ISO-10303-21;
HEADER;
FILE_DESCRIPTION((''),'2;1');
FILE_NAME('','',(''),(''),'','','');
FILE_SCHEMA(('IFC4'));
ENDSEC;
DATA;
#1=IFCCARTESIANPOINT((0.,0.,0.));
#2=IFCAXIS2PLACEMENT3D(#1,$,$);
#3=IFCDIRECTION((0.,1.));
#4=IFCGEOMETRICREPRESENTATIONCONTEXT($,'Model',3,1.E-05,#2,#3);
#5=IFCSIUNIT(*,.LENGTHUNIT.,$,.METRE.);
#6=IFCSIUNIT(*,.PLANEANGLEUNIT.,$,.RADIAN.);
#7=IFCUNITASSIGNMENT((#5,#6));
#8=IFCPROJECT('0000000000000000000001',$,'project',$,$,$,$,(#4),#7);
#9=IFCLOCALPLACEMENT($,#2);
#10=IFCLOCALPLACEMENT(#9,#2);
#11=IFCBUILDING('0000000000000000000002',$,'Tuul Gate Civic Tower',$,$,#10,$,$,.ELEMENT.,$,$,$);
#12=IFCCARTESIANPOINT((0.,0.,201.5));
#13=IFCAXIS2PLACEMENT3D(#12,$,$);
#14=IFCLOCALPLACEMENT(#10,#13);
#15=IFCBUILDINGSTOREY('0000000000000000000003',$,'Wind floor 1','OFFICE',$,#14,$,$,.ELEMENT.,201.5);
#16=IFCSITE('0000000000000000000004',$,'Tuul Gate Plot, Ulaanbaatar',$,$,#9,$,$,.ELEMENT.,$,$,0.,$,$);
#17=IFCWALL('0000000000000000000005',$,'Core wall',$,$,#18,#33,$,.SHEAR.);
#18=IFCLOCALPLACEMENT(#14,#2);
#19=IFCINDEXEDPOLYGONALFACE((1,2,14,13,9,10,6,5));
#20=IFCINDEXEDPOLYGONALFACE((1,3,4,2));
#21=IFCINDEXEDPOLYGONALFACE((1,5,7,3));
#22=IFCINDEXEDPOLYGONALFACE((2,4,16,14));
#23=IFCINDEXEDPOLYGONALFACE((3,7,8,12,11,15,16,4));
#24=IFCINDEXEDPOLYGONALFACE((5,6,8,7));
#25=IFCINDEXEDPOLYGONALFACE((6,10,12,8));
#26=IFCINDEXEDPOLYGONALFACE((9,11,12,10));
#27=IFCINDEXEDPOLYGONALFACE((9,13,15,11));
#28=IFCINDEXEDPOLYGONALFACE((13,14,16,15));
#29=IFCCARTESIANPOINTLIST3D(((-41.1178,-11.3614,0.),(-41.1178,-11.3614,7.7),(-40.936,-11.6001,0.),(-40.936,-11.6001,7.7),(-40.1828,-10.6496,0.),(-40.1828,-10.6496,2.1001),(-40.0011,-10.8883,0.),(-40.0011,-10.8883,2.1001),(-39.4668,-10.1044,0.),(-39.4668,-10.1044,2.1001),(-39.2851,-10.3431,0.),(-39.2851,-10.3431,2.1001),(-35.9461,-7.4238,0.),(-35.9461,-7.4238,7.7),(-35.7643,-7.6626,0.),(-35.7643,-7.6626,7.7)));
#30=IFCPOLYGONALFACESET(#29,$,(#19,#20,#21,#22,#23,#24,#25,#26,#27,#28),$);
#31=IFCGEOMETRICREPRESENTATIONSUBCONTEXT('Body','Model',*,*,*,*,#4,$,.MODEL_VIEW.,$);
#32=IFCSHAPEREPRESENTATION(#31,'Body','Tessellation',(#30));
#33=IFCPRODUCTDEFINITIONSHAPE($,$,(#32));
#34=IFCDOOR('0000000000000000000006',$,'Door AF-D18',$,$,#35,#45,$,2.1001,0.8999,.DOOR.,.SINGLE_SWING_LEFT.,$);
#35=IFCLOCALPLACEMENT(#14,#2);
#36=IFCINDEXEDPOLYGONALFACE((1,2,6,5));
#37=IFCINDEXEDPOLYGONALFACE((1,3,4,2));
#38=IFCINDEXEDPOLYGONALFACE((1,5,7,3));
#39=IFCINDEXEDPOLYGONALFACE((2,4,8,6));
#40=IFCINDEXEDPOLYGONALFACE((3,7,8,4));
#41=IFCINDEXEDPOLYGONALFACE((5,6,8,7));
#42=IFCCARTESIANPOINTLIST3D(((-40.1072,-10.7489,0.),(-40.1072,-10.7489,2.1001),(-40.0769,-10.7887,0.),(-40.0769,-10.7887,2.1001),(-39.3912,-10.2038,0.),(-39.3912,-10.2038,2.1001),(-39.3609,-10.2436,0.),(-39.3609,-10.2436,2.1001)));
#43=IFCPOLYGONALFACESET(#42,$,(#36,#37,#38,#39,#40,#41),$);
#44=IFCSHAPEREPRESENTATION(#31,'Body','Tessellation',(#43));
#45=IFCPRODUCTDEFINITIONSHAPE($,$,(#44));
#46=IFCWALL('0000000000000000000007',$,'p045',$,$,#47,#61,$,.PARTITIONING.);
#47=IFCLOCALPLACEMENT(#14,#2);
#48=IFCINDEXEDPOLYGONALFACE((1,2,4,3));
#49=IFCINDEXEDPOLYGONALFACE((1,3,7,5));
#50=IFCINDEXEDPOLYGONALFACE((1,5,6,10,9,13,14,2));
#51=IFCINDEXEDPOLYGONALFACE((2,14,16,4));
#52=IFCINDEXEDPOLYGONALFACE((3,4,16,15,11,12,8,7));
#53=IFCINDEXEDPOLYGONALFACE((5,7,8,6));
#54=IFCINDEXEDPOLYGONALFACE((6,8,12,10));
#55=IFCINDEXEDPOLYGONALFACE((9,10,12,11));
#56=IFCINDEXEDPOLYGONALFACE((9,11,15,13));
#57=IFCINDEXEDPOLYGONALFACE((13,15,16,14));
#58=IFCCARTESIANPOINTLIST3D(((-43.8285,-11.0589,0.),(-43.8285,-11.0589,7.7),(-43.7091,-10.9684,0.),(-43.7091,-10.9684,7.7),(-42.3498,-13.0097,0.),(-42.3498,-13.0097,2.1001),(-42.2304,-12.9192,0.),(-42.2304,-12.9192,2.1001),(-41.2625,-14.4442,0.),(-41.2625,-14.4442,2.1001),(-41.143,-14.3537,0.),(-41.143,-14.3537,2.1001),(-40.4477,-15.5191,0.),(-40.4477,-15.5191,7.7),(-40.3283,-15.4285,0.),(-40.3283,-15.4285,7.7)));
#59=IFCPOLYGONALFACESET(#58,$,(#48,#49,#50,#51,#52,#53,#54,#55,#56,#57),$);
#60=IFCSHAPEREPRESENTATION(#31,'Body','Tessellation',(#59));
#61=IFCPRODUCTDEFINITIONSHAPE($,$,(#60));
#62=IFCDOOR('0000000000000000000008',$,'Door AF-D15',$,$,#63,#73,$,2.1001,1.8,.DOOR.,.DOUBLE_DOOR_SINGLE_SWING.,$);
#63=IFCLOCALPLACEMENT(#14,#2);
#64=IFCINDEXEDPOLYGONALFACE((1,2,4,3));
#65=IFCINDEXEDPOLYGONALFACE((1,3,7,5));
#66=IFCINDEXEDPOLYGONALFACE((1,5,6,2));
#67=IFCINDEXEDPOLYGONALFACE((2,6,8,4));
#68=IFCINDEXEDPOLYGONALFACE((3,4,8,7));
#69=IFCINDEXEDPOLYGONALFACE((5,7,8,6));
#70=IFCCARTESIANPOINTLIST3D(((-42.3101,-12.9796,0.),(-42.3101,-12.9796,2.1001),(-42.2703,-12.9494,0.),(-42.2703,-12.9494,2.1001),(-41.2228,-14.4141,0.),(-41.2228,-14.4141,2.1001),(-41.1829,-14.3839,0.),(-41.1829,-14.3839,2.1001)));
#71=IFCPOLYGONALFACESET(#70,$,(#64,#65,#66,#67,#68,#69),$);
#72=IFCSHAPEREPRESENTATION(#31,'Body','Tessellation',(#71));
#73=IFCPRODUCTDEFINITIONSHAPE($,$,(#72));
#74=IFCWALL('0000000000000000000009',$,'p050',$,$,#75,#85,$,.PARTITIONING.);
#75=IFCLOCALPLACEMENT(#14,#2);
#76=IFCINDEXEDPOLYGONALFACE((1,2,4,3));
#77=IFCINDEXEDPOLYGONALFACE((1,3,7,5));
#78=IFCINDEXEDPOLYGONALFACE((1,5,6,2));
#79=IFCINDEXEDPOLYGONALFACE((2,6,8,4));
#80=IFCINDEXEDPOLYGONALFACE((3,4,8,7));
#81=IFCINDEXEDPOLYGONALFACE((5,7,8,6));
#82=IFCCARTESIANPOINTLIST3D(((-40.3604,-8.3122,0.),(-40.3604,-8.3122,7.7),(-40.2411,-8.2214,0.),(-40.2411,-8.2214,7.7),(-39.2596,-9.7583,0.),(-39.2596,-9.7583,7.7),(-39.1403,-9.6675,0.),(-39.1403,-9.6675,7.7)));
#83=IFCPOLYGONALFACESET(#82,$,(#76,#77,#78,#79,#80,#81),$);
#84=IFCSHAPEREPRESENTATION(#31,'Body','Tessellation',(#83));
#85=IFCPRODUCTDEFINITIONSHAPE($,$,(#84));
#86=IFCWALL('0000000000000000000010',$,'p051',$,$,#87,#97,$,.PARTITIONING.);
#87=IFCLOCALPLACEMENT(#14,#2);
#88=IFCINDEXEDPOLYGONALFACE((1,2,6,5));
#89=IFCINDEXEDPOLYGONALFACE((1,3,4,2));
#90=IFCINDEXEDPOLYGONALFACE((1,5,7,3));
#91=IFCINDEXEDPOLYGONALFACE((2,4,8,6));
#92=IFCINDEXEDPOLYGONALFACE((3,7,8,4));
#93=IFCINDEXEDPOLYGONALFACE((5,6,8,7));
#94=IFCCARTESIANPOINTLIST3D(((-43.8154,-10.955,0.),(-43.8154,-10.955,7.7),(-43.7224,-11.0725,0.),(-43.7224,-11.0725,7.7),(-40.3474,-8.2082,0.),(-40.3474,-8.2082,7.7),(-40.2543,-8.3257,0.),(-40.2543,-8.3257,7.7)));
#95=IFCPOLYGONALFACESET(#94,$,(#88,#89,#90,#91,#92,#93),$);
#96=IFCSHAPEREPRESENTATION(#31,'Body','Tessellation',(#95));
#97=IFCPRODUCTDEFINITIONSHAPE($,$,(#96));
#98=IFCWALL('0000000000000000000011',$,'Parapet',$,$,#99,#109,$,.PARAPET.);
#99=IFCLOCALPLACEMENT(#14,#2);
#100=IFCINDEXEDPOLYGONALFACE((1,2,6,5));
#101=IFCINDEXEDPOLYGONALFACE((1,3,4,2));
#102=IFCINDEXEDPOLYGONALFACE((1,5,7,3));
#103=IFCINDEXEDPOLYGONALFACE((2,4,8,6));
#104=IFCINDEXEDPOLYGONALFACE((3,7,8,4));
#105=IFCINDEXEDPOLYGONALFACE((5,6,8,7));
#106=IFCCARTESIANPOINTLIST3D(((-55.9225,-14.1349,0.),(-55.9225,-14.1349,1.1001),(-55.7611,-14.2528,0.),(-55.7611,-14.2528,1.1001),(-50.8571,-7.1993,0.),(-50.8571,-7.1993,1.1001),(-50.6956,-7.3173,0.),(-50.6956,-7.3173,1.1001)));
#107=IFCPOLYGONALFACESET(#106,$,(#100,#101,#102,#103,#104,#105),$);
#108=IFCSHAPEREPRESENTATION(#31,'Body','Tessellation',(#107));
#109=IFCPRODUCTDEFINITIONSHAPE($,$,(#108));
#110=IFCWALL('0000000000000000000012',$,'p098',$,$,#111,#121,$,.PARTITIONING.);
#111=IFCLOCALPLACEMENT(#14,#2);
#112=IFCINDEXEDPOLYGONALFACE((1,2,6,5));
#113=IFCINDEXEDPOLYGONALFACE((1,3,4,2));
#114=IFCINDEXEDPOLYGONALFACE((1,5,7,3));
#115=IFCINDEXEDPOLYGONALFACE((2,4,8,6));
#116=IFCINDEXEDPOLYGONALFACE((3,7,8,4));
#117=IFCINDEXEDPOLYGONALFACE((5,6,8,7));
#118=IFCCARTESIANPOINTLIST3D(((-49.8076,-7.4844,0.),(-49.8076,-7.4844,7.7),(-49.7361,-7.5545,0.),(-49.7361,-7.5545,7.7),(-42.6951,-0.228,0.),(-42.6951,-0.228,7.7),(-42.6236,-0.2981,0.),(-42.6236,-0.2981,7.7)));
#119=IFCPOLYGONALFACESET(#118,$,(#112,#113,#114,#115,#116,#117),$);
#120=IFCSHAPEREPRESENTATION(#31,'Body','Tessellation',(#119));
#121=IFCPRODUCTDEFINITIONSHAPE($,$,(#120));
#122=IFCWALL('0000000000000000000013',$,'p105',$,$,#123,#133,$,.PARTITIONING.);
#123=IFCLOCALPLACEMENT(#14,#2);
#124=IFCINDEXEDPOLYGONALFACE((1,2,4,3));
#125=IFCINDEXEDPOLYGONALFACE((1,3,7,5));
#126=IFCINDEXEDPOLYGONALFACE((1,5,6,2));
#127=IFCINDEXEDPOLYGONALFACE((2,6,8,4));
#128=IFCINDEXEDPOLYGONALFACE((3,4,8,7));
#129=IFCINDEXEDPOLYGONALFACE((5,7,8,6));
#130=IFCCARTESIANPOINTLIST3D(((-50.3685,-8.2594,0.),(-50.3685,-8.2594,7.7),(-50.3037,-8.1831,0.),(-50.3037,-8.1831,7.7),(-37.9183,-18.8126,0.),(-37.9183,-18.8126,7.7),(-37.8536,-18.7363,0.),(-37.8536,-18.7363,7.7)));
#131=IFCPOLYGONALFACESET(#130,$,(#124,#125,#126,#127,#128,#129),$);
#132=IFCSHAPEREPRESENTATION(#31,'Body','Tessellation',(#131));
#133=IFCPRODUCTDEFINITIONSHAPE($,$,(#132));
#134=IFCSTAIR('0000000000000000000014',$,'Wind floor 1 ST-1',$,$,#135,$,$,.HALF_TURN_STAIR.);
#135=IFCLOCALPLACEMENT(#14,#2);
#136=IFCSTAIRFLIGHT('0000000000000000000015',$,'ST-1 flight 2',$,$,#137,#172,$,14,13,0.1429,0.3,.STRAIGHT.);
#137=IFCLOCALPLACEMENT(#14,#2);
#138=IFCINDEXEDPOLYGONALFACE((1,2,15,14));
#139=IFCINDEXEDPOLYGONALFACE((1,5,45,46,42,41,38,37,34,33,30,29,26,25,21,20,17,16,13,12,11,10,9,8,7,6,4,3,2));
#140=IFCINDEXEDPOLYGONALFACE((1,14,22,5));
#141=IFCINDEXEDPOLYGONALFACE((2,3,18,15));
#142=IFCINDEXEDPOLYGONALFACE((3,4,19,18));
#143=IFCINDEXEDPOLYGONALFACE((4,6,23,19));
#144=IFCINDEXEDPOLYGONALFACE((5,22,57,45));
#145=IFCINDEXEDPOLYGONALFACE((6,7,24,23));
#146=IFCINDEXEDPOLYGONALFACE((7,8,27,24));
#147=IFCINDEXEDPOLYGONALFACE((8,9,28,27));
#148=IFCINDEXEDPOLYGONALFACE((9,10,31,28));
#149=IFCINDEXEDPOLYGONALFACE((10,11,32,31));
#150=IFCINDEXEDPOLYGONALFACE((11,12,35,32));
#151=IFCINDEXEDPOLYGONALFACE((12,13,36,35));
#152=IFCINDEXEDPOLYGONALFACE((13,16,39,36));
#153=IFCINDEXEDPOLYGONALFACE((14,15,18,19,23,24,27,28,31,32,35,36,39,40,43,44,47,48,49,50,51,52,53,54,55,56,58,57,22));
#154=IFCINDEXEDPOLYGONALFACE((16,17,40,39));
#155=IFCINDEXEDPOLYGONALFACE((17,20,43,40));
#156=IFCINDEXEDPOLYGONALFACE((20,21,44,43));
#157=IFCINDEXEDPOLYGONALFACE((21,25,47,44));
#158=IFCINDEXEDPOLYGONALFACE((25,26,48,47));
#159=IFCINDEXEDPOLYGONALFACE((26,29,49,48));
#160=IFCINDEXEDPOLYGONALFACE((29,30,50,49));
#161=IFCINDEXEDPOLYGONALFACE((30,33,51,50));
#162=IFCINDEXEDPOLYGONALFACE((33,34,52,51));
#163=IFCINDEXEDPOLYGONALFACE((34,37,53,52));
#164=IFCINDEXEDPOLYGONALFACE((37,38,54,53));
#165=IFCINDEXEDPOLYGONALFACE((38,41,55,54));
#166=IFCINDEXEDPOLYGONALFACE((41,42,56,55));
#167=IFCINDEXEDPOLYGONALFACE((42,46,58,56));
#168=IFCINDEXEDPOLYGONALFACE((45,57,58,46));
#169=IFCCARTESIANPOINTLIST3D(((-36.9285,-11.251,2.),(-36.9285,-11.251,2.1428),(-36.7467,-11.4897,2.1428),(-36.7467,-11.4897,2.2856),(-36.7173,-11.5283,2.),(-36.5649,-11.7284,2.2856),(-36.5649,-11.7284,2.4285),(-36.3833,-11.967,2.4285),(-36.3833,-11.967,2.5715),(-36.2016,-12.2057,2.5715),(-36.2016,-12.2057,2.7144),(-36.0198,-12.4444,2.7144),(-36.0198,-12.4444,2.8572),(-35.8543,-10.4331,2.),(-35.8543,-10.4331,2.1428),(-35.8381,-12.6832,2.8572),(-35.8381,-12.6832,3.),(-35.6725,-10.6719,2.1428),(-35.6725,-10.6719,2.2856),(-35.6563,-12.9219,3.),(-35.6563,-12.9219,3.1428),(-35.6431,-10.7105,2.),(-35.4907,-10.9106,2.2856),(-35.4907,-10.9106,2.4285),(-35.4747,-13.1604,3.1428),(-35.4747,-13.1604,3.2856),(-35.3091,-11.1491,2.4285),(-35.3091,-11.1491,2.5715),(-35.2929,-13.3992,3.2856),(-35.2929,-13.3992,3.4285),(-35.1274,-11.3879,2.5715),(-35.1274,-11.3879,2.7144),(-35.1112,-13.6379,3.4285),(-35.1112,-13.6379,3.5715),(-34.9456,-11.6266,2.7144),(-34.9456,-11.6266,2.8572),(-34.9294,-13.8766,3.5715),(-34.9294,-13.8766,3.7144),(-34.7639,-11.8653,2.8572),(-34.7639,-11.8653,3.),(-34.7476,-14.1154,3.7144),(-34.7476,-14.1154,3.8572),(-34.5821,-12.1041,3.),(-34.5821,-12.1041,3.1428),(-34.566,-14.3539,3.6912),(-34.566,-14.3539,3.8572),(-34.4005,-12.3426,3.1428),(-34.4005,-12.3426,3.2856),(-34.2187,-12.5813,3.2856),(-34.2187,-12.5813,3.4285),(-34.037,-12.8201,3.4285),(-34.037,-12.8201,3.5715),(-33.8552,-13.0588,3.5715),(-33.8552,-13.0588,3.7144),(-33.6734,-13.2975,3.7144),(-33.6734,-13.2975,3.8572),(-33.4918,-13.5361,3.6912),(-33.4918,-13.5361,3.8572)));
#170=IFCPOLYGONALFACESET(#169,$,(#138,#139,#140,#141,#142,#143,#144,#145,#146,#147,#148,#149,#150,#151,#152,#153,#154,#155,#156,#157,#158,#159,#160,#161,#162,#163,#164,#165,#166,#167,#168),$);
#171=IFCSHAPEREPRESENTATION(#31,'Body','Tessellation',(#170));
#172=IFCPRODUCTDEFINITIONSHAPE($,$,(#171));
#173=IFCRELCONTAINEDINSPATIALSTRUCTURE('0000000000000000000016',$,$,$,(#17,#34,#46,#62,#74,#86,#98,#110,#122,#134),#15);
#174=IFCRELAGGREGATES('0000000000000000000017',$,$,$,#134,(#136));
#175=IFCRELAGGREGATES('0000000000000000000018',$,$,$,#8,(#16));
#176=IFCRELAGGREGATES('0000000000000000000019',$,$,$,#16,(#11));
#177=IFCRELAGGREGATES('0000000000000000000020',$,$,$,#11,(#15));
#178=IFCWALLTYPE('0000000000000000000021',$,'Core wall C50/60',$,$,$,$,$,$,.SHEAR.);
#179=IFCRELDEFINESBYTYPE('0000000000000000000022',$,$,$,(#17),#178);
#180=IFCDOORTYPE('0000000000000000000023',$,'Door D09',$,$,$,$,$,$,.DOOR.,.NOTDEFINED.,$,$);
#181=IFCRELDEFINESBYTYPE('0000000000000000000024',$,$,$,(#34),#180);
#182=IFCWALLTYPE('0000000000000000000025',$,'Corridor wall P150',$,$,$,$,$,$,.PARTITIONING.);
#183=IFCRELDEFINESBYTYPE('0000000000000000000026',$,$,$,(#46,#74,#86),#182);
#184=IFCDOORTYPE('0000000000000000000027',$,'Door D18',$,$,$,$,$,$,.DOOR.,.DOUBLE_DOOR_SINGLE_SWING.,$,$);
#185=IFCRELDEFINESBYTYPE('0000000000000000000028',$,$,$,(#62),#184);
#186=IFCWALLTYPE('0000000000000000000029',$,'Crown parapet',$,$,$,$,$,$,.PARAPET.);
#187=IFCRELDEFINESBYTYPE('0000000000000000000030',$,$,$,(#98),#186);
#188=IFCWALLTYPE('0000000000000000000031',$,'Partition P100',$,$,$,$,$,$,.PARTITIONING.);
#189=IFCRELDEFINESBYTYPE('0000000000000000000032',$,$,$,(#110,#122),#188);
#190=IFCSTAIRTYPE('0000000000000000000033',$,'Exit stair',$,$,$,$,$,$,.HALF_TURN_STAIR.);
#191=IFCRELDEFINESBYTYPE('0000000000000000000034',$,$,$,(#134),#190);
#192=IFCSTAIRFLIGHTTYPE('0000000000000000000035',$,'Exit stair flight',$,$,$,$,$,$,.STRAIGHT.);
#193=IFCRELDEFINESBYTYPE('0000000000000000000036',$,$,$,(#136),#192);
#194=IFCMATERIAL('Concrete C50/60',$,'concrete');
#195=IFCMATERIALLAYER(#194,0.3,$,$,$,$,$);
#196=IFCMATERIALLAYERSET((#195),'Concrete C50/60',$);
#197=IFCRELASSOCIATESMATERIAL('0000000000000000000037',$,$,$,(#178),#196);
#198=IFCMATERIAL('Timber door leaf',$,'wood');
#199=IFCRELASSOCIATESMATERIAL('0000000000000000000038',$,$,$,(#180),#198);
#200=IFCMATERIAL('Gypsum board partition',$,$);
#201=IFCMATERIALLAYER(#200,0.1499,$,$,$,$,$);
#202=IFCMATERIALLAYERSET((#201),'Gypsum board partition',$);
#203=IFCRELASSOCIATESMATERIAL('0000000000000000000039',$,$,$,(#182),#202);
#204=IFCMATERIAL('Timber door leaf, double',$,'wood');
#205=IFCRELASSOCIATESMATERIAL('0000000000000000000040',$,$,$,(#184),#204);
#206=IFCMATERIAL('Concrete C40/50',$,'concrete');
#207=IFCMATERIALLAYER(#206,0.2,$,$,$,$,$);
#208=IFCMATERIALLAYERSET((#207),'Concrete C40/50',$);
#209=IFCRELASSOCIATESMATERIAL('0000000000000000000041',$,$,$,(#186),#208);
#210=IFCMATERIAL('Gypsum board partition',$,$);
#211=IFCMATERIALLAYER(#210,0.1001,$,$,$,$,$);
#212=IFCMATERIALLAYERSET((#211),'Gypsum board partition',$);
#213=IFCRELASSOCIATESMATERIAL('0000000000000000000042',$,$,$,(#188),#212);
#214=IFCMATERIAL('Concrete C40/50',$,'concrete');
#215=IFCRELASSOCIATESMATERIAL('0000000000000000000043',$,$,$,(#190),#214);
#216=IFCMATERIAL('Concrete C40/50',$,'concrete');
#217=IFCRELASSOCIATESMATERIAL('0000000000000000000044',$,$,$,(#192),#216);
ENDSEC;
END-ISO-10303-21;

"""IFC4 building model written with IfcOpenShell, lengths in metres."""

from ifc_helpers import new_model, si_unit, direction, frame, frame_2d, origin, place, context, subcontext, project, spatial, polyline, rectangle, outline, extrude, material, layer, layer_set, type_object, element, fill, aggregate, save


model = new_model("IFC4")

# Units and contexts
model_context = context("Model", 3, precision=1e-05, world=origin(), true_north=direction((0.0, 1.0)))
body_context = subcontext(model_context, "Body", "Model", "MODEL_VIEW")
ifc_project = project(units=[si_unit("LENGTHUNIT", "METRE"), si_unit("PLANEANGLEUNIT", "RADIAN")], contexts=[model_context])

# Site, building, storey
site_placement = place(None, origin())
site = spatial("IfcSite", under=ifc_project, at=site_placement, Name="Tuul Gate Plot, Ulaanbaatar", CompositionType="ELEMENT", RefElevation=0.0)
building_placement = place(site_placement, origin())
building = spatial("IfcBuilding", under=site, at=building_placement, Name="Tuul Gate Civic Tower", CompositionType="ELEMENT")
storey_placement = place(building_placement, frame((0.0, 0.0, 201.5)))
storey = spatial("IfcBuildingStorey", under=building, at=storey_placement, Name="Wind floor 1", Description="OFFICE", CompositionType="ELEMENT", Elevation=201.5)

# Shared definitions
ifc_material_1 = material(Name="Concrete C50/60", Category="concrete")
ifc_layer_1 = layer(ifc_material_1, 0.3)
ifc_layer_set_1 = layer_set([ifc_layer_1], Name="Concrete C50/60")
wall_type_1 = type_object("IfcWallType", Name="Core wall C50/60", PredefinedType="SHEAR", material=ifc_layer_set_1)

# Walls, openings, doors
wall_1_placement = place(storey_placement, frame((-35.8552, -7.5432, 0.0), z_axis=(0.0, 0.0, 1.0), x_axis=(-0.795639, -0.605772, 0.0)))
wall_1 = element("IfcWall", 1, at=wall_1_placement, inside=storey, type_object=wall_type_1, Name="Core wall", PredefinedType="SHEAR", context=body_context, shape_type="SweptSolid", body=[
    extrude(rectangle(XDim=6.5, YDim=0.3, at=frame_2d((3.25, 0.0))), origin(), (0.0, 0.0, 1.0), 7.7),
])
opening_1_placement = place(wall_1_placement, frame((4.425, 0.0, 0.0)))
opening_1 = element("IfcOpeningElement", 2, at=opening_1_placement, cuts=wall_1, PredefinedType="OPENING", context=body_context, shape_type="SweptSolid", body=[
    extrude(rectangle(XDim=0.8999, YDim=2.1001, at=frame_2d((0.45, 1.05))), frame((0.0, 0.1602, 0.0), z_axis=(0.0, -1.0, 0.0), x_axis=(1.0, 0.0, 0.0)), (0.0, 0.0, 1.0), 0.3201),
])
ifc_material_2 = material(Name="Timber door leaf", Category="wood")
door_type_1 = type_object("IfcDoorType", Name="Door D09", OperationType="NOTDEFINED", PredefinedType="DOOR", material=ifc_material_2)
door_1_placement = place(opening_1_placement, origin())
door_1 = element("IfcDoor", 3, at=door_1_placement, inside=storey, type_object=door_type_1, Name="Door AF-D18", OperationType="SINGLE_SWING_LEFT", OverallHeight=2.1001, OverallWidth=0.8999, PredefinedType="DOOR", context=body_context, shape_type="SweptSolid", body=[
    extrude(rectangle(XDim=0.8999, YDim=2.1001, at=frame_2d((0.45, 1.05))), frame((0.0, 0.0249, 0.0), z_axis=(0.0, -1.0, 0.0), x_axis=(1.0, 0.0, 0.0)), (0.0, 0.0, 1.0), 0.05),
])
fill(opening_1, door_1)
ifc_material_3 = material(Name="Gypsum board partition")
ifc_layer_2 = layer(ifc_material_3, 0.1499)
ifc_layer_set_2 = layer_set([ifc_layer_2], Name="Gypsum board partition")
wall_type_2 = type_object("IfcWallType", Name="Corridor wall P150", PredefinedType="PARTITIONING", material=ifc_layer_set_2)
wall_2_placement = place(storey_placement, frame((-43.7688, -11.0137, 0.0), z_axis=(0.0, 0.0, 1.0), x_axis=(0.604075, -0.796927, 0.0)))
wall_2 = element("IfcWall", 4, at=wall_2_placement, inside=storey, type_object=wall_type_2, Name="p045", PredefinedType="PARTITIONING", context=body_context, shape_type="SweptSolid", body=[
    extrude(rectangle(XDim=5.5967, YDim=0.1499, at=frame_2d((2.7983, 0.0))), origin(), (0.0, 0.0, 1.0), 7.7),
])
opening_2_placement = place(wall_2_placement, frame((2.448, 0.0, 0.0)))
opening_2 = element("IfcOpeningElement", 5, at=opening_2_placement, cuts=wall_2, PredefinedType="OPENING", context=body_context, shape_type="SweptSolid", body=[
    extrude(rectangle(XDim=1.8, YDim=2.1001, at=frame_2d((0.8999, 1.05))), frame((0.0, 0.085, 0.0), z_axis=(0.0, -1.0, 0.0), x_axis=(1.0, 0.0, 0.0)), (0.0, 0.0, 1.0), 0.1699),
])
ifc_material_4 = material(Name="Timber door leaf, double", Category="wood")
door_type_2 = type_object("IfcDoorType", Name="Door D18", OperationType="DOUBLE_DOOR_SINGLE_SWING", PredefinedType="DOOR", material=ifc_material_4)
door_2_placement = place(opening_2_placement, origin())
door_2 = element("IfcDoor", 6, at=door_2_placement, inside=storey, type_object=door_type_2, Name="Door AF-D15", OperationType="DOUBLE_DOOR_SINGLE_SWING", OverallHeight=2.1001, OverallWidth=1.8, PredefinedType="DOOR", context=body_context, shape_type="SweptSolid", body=[
    extrude(rectangle(XDim=1.8, YDim=2.1001, at=frame_2d((0.8999, 1.05))), frame((0.0, 0.0249, 0.0), z_axis=(0.0, -1.0, 0.0), x_axis=(1.0, 0.0, 0.0)), (0.0, 0.0, 1.0), 0.05),
])
fill(opening_2, door_2)

# Walls
wall_3_placement = place(storey_placement, frame((-40.3008, -8.2668, 0.0), z_axis=(0.0, 0.0, 1.0), x_axis=(0.605723, -0.795675, 0.0)))
element("IfcWall", 7, at=wall_3_placement, inside=storey, type_object=wall_type_2, Name="p050", PredefinedType="PARTITIONING", context=body_context, shape_type="SweptSolid", body=[
    extrude(rectangle(XDim=1.8174, YDim=0.1499, at=frame_2d((0.9087, 0.0))), origin(), (0.0, 0.0, 1.0), 7.7),
])
wall_4_placement = place(storey_placement, frame((-43.7688, -11.0137, 0.0), z_axis=(0.0, 0.0, 1.0), x_axis=(0.783901, 0.620885, 0.0)))
element("IfcWall", 8, at=wall_4_placement, inside=storey, type_object=wall_type_2, Name="p051", PredefinedType="PARTITIONING", context=body_context, shape_type="SweptSolid", body=[
    extrude(rectangle(XDim=4.4241, YDim=0.1499, at=frame_2d((2.2119, 0.0))), origin(), (0.0, 0.0, 1.0), 7.7),
])
ifc_material_5 = material(Name="Concrete C40/50", Category="concrete")
ifc_layer_3 = layer(ifc_material_5, 0.2)
ifc_layer_set_3 = layer_set([ifc_layer_3], Name="Concrete C40/50")
wall_type_3 = type_object("IfcWallType", Name="Crown parapet", PredefinedType="PARAPET", material=ifc_layer_set_3)
wall_5_placement = place(storey_placement, frame((-50.7764, -7.2583, 0.0), z_axis=(0.0, 0.0, 1.0), x_axis=(-0.5898, -0.807549, 0.0)))
element("IfcWall", 9, at=wall_5_placement, inside=storey, type_object=wall_type_3, Name="Parapet", PredefinedType="PARAPET", context=body_context, shape_type="SweptSolid", body=[
    extrude(rectangle(XDim=8.5884, YDim=0.2, at=frame_2d((4.2942, 0.0))), origin(), (0.0, 0.0, 1.0), 1.1001),
])
ifc_material_6 = material(Name="Gypsum board partition")
ifc_layer_4 = layer(ifc_material_6, 0.1001)
ifc_layer_set_4 = layer_set([ifc_layer_4], Name="Gypsum board partition")
wall_type_4 = type_object("IfcWallType", Name="Partition P100", PredefinedType="PARTITIONING", material=ifc_layer_set_4)
wall_6_placement = place(storey_placement, frame((-49.772, -7.5195, 0.0), z_axis=(0.0, 0.0, 1.0), x_axis=(0.699995, 0.714147, 0.0)))
element("IfcWall", 10, at=wall_6_placement, inside=storey, type_object=wall_type_4, Name="p098", PredefinedType="PARTITIONING", context=body_context, shape_type="SweptSolid", body=[
    extrude(rectangle(XDim=10.1609, YDim=0.1001, at=frame_2d((5.0806, 0.0))), origin(), (0.0, 0.0, 1.0), 7.7),
])
wall_7_placement = place(storey_placement, frame((-50.3362, -8.2212, 0.0), z_axis=(0.0, 0.0, 1.0), x_axis=(0.762829, -0.6466, 0.0)))
element("IfcWall", 11, at=wall_7_placement, inside=storey, type_object=wall_type_4, Name="p105", PredefinedType="PARTITIONING", context=body_context, shape_type="SweptSolid", body=[
    extrude(rectangle(XDim=16.321, YDim=0.1001, at=frame_2d((8.1606, 0.0))), origin(), (0.0, 0.0, 1.0), 7.7),
])

# Stair, stair flight
ifc_material_7 = material(Name="Concrete C40/50", Category="concrete")
stair_type = type_object("IfcStairType", Name="Exit stair", PredefinedType="HALF_TURN_STAIR", material=ifc_material_7)
stair_placement = place(storey_placement, origin())
stair = element("IfcStair", 12, at=stair_placement, inside=storey, type_object=stair_type, Name="Wind floor 1 ST-1", PredefinedType="HALF_TURN_STAIR")
ifc_material_8 = material(Name="Concrete C40/50", Category="concrete")
stair_flight_type = type_object("IfcStairFlightType", Name="Exit stair flight", PredefinedType="STRAIGHT", material=ifc_material_8)
stair_flight_1_placement = place(storey_placement, frame((-36.3914, -10.842, 2.0), z_axis=(0.0, 0.0, 1.0), x_axis=(0.605764, -0.795644, 0.0)))
stair_flight_1 = element("IfcStairFlight", 13, at=stair_flight_1_placement, type_object=stair_flight_type, Name="ST-1 flight 2", NumberOfRisers=14, NumberOfTreads=13, PredefinedType="STRAIGHT", RiserHeight=0.1429, TreadLength=0.3, context=body_context, shape_type="SweptSolid", body=[
    extrude(outline(polyline([(0.0, 0.0), (0.0, 0.1428), (0.3, 0.1428), (0.3, 0.2856), (0.6001, 0.2856), (0.6001, 0.4285), (0.8999, 0.4285), (0.8999, 0.5715), (1.2, 0.5715), (1.2, 0.7144), (1.5, 0.7144), (1.5, 0.8572), (1.8, 0.8572), (1.8, 1.0), (2.1001, 1.0), (2.1001, 1.1428), (2.3999, 1.1428), (2.3999, 1.2856), (2.7, 1.2856), (2.7, 1.4285), (3.0, 1.4285), (3.0, 1.5715), (3.3, 1.5715), (3.3, 1.7144), (3.6001, 1.7144), (3.6001, 1.8572), (3.8999, 1.8572), (3.8999, 2.0), (3.8999, 1.6912), (0.3486, 0.0), (0.0, 0.0)])), frame((0.0, 0.675, 0.0), z_axis=(0.0, -1.0, 0.0), x_axis=(1.0, 0.0, 0.0)), (0.0, 0.0, 1.0), 1.3501),
])
aggregate(stair, [stair_flight_1])

save(model, "model.ifc")
